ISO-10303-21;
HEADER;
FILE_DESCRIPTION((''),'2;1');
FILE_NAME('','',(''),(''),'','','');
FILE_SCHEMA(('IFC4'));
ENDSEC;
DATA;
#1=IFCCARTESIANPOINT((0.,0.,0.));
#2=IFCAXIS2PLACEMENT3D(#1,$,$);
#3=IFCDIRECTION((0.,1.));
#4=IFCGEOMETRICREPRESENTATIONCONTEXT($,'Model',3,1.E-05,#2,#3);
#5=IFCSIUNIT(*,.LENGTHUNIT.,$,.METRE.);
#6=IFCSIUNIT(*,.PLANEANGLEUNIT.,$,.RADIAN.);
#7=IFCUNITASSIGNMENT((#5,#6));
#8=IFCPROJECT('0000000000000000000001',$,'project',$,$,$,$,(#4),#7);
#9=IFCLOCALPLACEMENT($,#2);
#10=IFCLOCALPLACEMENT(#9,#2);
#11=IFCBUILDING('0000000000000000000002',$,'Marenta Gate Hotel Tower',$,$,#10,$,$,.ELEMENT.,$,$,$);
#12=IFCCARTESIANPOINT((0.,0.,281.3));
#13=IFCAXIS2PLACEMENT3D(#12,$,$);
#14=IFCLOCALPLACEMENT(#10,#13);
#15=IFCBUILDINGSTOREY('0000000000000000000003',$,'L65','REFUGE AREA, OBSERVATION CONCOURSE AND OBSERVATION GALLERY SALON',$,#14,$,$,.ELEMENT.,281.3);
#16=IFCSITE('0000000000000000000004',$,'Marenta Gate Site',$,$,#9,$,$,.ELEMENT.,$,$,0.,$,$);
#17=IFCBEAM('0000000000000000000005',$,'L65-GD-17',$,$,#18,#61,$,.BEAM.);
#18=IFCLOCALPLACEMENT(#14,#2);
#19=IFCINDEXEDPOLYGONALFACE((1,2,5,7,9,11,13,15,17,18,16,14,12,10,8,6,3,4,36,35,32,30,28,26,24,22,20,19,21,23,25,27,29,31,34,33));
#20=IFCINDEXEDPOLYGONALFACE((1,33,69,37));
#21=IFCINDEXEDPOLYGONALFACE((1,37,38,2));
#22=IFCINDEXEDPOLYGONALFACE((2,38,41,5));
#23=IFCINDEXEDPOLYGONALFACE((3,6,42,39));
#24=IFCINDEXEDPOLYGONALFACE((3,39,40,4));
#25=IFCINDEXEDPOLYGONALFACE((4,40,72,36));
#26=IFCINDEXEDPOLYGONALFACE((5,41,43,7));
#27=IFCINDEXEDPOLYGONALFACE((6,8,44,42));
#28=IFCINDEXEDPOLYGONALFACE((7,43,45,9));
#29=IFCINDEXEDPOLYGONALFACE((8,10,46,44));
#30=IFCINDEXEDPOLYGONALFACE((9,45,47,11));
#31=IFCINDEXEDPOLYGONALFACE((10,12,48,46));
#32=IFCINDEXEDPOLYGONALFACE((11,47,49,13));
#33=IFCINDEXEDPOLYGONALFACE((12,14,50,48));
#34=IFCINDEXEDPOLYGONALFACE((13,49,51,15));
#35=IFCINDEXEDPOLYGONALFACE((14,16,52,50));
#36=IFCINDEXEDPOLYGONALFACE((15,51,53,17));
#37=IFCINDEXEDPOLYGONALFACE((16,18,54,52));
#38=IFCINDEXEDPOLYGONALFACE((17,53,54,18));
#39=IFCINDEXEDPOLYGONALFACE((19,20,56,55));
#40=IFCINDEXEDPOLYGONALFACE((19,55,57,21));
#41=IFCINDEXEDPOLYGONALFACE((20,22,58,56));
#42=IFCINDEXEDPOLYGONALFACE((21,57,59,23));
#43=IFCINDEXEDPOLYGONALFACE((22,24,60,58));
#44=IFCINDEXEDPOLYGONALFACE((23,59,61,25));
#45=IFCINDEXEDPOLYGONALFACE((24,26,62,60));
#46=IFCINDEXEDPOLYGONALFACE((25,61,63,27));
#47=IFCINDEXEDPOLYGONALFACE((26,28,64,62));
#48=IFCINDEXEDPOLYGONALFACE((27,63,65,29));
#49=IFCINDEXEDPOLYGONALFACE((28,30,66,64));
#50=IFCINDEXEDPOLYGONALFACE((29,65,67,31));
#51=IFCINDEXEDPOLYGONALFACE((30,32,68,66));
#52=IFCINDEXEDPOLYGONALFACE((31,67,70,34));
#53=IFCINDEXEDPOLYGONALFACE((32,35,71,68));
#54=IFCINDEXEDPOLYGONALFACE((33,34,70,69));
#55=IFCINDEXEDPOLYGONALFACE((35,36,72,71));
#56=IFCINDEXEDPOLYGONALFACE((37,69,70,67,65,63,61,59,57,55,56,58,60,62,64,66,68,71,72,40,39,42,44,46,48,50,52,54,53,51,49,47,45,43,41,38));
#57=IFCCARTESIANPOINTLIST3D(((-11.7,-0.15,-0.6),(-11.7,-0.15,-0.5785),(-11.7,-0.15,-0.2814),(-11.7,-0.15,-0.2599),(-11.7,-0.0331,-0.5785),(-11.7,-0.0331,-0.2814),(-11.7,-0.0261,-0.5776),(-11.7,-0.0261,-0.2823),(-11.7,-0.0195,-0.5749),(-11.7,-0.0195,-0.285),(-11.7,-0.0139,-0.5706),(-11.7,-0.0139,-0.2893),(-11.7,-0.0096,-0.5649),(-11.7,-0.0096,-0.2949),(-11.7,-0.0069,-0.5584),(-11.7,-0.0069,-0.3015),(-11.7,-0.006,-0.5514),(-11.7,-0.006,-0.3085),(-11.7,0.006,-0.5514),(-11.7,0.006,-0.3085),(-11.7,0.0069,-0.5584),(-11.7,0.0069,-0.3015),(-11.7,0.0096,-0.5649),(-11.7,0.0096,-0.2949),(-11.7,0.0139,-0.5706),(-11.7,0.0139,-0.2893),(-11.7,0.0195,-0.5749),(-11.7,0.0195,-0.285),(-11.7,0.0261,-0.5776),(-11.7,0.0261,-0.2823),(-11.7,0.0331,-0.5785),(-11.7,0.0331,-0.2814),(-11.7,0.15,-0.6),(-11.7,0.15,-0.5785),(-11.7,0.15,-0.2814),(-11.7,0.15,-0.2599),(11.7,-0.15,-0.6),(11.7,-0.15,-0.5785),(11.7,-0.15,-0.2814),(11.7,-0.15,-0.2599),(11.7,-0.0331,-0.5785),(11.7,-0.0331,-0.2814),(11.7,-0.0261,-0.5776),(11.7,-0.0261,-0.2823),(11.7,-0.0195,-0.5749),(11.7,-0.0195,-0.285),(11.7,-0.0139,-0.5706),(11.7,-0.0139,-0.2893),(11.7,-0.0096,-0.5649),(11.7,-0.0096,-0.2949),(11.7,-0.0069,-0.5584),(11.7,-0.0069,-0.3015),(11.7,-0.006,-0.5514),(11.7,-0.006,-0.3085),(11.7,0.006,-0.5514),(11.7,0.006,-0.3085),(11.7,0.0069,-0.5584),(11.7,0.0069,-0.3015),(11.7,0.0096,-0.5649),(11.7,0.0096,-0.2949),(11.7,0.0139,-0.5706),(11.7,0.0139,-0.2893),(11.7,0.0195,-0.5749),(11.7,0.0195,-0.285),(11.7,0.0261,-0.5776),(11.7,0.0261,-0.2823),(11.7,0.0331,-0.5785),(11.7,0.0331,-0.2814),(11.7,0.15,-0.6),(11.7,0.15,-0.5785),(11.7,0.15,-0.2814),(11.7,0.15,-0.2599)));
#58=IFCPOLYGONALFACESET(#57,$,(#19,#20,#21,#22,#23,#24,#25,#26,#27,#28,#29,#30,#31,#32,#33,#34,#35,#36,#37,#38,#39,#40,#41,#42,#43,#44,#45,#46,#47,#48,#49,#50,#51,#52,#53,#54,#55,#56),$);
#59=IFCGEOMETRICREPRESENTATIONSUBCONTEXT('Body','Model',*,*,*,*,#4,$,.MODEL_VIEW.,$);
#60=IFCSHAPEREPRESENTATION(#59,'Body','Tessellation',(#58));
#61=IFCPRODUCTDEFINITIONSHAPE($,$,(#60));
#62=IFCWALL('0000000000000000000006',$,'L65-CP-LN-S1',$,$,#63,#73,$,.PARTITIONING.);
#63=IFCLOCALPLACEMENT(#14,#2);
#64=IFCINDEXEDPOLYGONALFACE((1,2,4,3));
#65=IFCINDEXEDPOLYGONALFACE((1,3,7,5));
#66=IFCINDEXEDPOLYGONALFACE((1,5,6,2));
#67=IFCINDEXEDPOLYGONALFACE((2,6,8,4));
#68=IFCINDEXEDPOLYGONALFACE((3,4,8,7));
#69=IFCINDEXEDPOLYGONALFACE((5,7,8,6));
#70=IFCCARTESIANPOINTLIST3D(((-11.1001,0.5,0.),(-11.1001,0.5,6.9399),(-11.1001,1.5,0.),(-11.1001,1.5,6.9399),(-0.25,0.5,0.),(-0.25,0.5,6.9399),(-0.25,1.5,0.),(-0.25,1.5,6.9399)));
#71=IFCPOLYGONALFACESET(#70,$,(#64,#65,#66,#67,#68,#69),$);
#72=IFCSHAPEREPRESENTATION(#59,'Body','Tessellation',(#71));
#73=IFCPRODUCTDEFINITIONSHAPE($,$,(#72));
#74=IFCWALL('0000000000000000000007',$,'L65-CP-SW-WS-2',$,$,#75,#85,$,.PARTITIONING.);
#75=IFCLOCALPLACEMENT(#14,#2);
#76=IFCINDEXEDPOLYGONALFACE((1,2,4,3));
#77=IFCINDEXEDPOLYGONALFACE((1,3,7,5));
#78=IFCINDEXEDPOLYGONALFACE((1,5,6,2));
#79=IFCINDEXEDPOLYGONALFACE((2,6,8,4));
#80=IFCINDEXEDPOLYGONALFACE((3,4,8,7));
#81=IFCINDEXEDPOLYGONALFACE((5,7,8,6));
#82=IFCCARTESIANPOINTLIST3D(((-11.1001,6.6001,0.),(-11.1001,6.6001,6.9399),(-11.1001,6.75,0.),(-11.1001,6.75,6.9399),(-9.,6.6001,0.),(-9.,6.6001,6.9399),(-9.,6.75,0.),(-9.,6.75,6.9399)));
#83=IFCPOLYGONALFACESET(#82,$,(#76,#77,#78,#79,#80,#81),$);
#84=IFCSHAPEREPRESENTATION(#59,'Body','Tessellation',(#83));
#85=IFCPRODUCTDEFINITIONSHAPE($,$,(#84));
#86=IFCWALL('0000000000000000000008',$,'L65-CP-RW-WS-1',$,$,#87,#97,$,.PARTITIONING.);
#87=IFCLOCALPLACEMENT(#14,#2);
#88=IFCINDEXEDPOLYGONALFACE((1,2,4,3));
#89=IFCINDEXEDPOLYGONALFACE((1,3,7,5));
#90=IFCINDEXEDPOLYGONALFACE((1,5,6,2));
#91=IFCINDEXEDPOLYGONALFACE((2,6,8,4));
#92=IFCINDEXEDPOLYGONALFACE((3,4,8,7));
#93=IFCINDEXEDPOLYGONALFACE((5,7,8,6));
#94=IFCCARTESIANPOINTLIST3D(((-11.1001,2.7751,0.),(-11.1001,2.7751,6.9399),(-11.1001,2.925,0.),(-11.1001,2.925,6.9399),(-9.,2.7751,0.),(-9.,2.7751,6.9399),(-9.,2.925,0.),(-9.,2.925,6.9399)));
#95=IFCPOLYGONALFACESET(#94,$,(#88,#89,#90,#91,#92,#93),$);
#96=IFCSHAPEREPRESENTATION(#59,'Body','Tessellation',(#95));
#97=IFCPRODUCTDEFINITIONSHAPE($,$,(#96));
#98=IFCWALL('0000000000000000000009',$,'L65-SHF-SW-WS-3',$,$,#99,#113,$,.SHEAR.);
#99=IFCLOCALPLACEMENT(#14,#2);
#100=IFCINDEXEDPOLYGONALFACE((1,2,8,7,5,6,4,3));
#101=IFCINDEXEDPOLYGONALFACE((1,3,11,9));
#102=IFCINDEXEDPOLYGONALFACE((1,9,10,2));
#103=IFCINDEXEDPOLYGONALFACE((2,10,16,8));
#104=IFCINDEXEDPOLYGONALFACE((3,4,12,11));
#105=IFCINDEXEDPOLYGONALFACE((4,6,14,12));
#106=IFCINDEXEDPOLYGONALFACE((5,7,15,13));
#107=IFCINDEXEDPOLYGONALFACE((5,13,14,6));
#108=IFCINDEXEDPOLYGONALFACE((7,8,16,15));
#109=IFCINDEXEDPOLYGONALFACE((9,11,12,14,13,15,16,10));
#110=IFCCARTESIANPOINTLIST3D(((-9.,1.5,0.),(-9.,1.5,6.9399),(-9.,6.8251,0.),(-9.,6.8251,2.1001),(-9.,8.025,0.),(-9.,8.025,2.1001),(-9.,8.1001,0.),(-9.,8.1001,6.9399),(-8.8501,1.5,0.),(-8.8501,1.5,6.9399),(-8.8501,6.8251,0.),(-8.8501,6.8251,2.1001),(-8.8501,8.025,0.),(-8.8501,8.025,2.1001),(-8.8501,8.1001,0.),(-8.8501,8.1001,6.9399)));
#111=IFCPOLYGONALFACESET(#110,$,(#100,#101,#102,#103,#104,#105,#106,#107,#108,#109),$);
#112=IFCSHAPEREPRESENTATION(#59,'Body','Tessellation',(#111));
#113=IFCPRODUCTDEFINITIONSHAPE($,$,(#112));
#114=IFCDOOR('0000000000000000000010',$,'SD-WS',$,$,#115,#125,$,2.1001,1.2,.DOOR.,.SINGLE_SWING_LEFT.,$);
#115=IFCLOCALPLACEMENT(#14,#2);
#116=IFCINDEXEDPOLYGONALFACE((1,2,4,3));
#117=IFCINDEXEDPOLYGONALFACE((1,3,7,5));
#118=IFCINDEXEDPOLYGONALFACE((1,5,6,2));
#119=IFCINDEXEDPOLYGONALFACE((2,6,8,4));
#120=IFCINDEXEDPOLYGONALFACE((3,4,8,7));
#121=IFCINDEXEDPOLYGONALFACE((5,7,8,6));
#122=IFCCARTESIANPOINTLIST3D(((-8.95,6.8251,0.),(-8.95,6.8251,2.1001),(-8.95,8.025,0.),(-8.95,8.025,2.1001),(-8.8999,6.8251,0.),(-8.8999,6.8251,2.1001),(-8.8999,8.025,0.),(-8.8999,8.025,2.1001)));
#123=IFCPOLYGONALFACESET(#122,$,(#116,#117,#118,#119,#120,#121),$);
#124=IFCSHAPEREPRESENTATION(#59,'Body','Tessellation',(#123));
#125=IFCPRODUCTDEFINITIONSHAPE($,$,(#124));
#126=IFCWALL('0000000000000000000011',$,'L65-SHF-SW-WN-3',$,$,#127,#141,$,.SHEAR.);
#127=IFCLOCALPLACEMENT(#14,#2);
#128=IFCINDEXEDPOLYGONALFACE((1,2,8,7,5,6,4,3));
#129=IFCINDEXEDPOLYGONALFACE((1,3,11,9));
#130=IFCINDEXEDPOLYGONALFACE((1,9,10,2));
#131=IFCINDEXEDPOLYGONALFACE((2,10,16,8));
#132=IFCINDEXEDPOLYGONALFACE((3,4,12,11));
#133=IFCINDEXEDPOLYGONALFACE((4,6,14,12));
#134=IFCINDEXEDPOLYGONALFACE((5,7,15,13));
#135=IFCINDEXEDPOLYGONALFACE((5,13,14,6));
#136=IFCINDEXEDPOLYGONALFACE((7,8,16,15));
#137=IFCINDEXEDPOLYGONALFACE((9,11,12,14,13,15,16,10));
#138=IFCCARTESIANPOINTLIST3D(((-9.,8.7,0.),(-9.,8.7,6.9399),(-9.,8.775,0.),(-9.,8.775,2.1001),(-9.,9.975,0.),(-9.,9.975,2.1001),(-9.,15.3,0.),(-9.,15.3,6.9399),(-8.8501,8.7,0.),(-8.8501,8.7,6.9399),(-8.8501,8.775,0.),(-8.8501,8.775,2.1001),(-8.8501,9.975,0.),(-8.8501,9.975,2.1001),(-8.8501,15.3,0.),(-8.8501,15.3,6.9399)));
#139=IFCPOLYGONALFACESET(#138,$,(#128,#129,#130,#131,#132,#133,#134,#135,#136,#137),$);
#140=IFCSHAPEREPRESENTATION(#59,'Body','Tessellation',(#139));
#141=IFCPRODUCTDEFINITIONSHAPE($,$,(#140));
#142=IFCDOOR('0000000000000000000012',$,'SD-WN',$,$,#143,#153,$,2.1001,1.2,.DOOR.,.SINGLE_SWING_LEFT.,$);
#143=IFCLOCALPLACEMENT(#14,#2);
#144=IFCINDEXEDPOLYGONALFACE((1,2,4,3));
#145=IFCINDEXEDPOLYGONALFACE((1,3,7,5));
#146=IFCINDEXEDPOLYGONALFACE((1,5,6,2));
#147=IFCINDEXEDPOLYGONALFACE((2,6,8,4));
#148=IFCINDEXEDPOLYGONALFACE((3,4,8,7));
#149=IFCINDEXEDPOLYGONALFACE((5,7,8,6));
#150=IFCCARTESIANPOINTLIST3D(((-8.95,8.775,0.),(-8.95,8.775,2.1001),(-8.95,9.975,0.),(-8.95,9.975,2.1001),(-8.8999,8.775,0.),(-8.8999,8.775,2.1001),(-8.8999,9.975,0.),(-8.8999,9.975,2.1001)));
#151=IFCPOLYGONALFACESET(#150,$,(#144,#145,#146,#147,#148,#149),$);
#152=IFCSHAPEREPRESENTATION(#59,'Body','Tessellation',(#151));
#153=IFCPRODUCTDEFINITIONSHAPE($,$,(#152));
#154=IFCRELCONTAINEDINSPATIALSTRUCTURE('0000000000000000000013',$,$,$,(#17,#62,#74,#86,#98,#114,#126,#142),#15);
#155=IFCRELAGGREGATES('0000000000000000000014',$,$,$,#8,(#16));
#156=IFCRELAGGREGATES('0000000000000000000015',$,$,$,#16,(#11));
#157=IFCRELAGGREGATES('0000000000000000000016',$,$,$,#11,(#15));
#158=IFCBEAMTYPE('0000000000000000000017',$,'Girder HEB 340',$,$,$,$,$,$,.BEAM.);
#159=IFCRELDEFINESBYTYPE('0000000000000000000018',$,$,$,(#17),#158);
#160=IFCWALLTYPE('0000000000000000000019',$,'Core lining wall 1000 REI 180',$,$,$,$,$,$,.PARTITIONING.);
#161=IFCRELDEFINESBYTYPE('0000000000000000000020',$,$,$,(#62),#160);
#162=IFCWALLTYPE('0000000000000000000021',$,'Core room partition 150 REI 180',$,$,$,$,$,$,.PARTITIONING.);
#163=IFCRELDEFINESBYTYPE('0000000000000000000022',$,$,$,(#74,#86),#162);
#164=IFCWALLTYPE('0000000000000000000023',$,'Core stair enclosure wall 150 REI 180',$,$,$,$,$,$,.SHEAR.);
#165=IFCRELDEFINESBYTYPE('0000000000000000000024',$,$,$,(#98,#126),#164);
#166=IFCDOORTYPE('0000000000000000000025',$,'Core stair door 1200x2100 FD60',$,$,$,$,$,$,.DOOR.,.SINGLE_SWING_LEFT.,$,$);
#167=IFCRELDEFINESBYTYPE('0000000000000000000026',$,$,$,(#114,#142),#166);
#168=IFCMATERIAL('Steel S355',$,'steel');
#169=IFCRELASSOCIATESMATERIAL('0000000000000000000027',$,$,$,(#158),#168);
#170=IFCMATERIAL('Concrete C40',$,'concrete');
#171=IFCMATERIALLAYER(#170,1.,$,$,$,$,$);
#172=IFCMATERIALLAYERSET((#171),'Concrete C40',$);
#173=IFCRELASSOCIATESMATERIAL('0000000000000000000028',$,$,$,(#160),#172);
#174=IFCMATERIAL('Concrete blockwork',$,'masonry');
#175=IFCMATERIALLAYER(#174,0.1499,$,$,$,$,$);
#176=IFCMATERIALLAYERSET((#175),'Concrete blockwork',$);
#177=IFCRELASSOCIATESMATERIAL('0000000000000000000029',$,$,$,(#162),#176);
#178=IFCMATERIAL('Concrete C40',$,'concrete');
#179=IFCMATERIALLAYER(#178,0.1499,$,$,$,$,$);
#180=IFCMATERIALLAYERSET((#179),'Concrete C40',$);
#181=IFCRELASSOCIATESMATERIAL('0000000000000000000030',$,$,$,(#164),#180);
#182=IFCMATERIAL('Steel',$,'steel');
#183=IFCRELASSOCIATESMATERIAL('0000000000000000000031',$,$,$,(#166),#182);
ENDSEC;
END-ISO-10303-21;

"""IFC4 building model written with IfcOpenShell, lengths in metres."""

from ifc_helpers import new_model, si_unit, direction, frame, frame_2d, origin, origin_2d, place, context, subcontext, project, spatial, rectangle, i_section, extrude, material, layer, layer_set, material_profile, profile_set, type_object, element, fill, save


model = new_model("IFC4")

# Units and contexts
model_context = context("Model", 3, precision=1e-05, world=origin(), true_north=direction((0.0, 1.0)))
body_context = subcontext(model_context, "Body", "Model", "MODEL_VIEW")
ifc_project = project(units=[si_unit("LENGTHUNIT", "METRE"), si_unit("PLANEANGLEUNIT", "RADIAN")], contexts=[model_context])

# Site, building, storey
site_placement = place(None, origin())
site = spatial("IfcSite", under=ifc_project, at=site_placement, Name="Marenta Gate Site", CompositionType="ELEMENT", RefElevation=0.0)
building_placement = place(site_placement, origin())
building = spatial("IfcBuilding", under=site, at=building_placement, Name="Marenta Gate Hotel Tower", CompositionType="ELEMENT")
storey_placement = place(building_placement, frame((0.0, 0.0, 281.3)))
storey = spatial("IfcBuildingStorey", under=building, at=storey_placement, Name="L65", Description="REFUGE AREA, OBSERVATION CONCOURSE AND OBSERVATION GALLERY SALON", CompositionType="ELEMENT", Elevation=281.3)

# Beam
ifc_material_1 = material(Name="Steel S355", Category="steel")
ifc_material_profile = material_profile(ifc_material_1, i_section(OverallWidth=0.3, OverallDepth=0.3401, WebThickness=0.012, FlangeThickness=0.0215, FilletRadius=0.0271, at=origin_2d()), Name="HEB 340")
ifc_profile_set = profile_set([ifc_material_profile], Name="Steel S355")
beam_type = type_object("IfcBeamType", Name="Girder HEB 340", PredefinedType="BEAM", material=ifc_profile_set)
beam_placement = place(storey_placement, frame((-11.7, 0.0, -0.4299), z_axis=(1.0, 0.0, 0.0), x_axis=(0.0, 1.0, 0.0)))
element("IfcBeam", 1, at=beam_placement, inside=storey, type_object=beam_type, Name="L65-GD-17", PredefinedType="BEAM", context=body_context, shape_type="SweptSolid", body=[
    extrude(i_section(OverallWidth=0.3, OverallDepth=0.3401, WebThickness=0.012, FlangeThickness=0.0215, FilletRadius=0.0271, at=origin_2d()), origin(), (0.0, 0.0, 1.0), 23.3999),
])

# Walls
ifc_material_2 = material(Name="Concrete C40", Category="concrete")
ifc_layer_1 = layer(ifc_material_2, 1.0)
ifc_layer_set_1 = layer_set([ifc_layer_1], Name="Concrete C40")
wall_type_1 = type_object("IfcWallType", Name="Core lining wall 1000 REI 180", PredefinedType="PARTITIONING", material=ifc_layer_set_1)
wall_1_placement = place(storey_placement, frame((-11.1001, 1.0, 0.0), z_axis=(0.0, 0.0, 1.0), x_axis=(1.0, 0.0, 0.0)))
element("IfcWall", 2, at=wall_1_placement, inside=storey, type_object=wall_type_1, Name="L65-CP-LN-S1", PredefinedType="PARTITIONING", context=body_context, shape_type="SweptSolid", body=[
    extrude(rectangle(XDim=10.8501, YDim=1.0, at=frame_2d((5.425, 0.0))), origin(), (0.0, 0.0, 1.0), 6.9399),
])
ifc_material_3 = material(Name="Concrete blockwork", Category="masonry")
ifc_layer_2 = layer(ifc_material_3, 0.1499)
ifc_layer_set_2 = layer_set([ifc_layer_2], Name="Concrete blockwork")
wall_type_2 = type_object("IfcWallType", Name="Core room partition 150 REI 180", PredefinedType="PARTITIONING", material=ifc_layer_set_2)
for number, where, z_axis, x_axis, name in (
    (3, (-11.1001, 6.675, 0.0), (0.0, 0.0, 1.0), (1.0, 0.0, 0.0), "L65-CP-SW-WS-2"),
    (4, (-11.1001, 2.8501, 0.0), (0.0, 0.0, 1.0), (1.0, 0.0, 0.0), "L65-CP-RW-WS-1"),
):
    element("IfcWall", number, at=place(storey_placement, frame(where, z_axis=z_axis, x_axis=x_axis)), inside=storey, type_object=wall_type_2, Name=name, PredefinedType="PARTITIONING", context=body_context, shape_type="SweptSolid", body=[
        extrude(rectangle(XDim=2.1001, YDim=0.1499, at=frame_2d((1.05, 0.0))), origin(), (0.0, 0.0, 1.0), 6.9399),
    ])

# Walls, openings, doors
ifc_material_4 = material(Name="Concrete C40", Category="concrete")
ifc_layer_3 = layer(ifc_material_4, 0.1499)
ifc_layer_set_3 = layer_set([ifc_layer_3], Name="Concrete C40")
wall_type_3 = type_object("IfcWallType", Name="Core stair enclosure wall 150 REI 180", PredefinedType="SHEAR", material=ifc_layer_set_3)
wall_2_placement = place(storey_placement, frame((-8.925, 1.5, 0.0), z_axis=(0.0, 0.0, 1.0), x_axis=(0.0, 1.0, 0.0)))
wall_2 = element("IfcWall", 5, at=wall_2_placement, inside=storey, type_object=wall_type_3, Name="L65-SHF-SW-WS-3", PredefinedType="SHEAR", context=body_context, shape_type="SweptSolid", body=[
    extrude(rectangle(XDim=6.6001, YDim=0.1499, at=frame_2d((3.3, 0.0))), origin(), (0.0, 0.0, 1.0), 6.9399),
])
opening_1_placement = place(wall_2_placement, frame((5.325, 0.0, 0.0)))
opening_1 = element("IfcOpeningElement", 6, at=opening_1_placement, cuts=wall_2, PredefinedType="OPENING", context=body_context, shape_type="SweptSolid", body=[
    extrude(rectangle(XDim=1.2, YDim=2.1001, at=frame_2d((0.6001, 1.05))), frame((0.0, 0.075, 0.0), z_axis=(0.0, -1.0, 0.0), x_axis=(1.0, 0.0, 0.0)), (0.0, 0.0, 1.0), 0.1499),
])
ifc_material_5 = material(Name="Steel", Category="steel")
door_type_1 = type_object("IfcDoorType", Name="Core stair door 1200x2100 FD60", OperationType="SINGLE_SWING_LEFT", PredefinedType="DOOR", material=ifc_material_5)
door_1_placement = place(opening_1_placement, origin())
door_1 = element("IfcDoor", 7, at=door_1_placement, inside=storey, type_object=door_type_1, Name="SD-WS", OperationType="SINGLE_SWING_LEFT", OverallHeight=2.1001, OverallWidth=1.2, PredefinedType="DOOR", context=body_context, shape_type="SweptSolid", body=[
    extrude(rectangle(XDim=1.2, YDim=2.1001, at=frame_2d((0.6001, 1.05))), frame((0.0, 0.0249, 0.0), z_axis=(0.0, -1.0, 0.0), x_axis=(1.0, 0.0, 0.0)), (0.0, 0.0, 1.0), 0.05),
])
fill(opening_1, door_1)
wall_3_placement = place(storey_placement, frame((-8.925, 8.7, 0.0), z_axis=(0.0, 0.0, 1.0), x_axis=(0.0, 1.0, 0.0)))
wall_3 = element("IfcWall", 8, at=wall_3_placement, inside=storey, type_object=wall_type_3, Name="L65-SHF-SW-WN-3", PredefinedType="SHEAR", context=body_context, shape_type="SweptSolid", body=[
    extrude(rectangle(XDim=6.6001, YDim=0.1499, at=frame_2d((3.3, 0.0))), origin(), (0.0, 0.0, 1.0), 6.9399),
])
opening_2_placement = place(wall_3_placement, frame((0.075, 0.0, 0.0)))
opening_2 = element("IfcOpeningElement", 9, at=opening_2_placement, cuts=wall_3, PredefinedType="OPENING", context=body_context, shape_type="SweptSolid", body=[
    extrude(rectangle(XDim=1.2, YDim=2.1001, at=frame_2d((0.6001, 1.05))), frame((0.0, 0.075, 0.0), z_axis=(0.0, -1.0, 0.0), x_axis=(1.0, 0.0, 0.0)), (0.0, 0.0, 1.0), 0.1499),
])
door_2_placement = place(opening_2_placement, origin())
door_2 = element("IfcDoor", 10, at=door_2_placement, inside=storey, type_object=door_type_1, Name="SD-WN", OperationType="SINGLE_SWING_LEFT", OverallHeight=2.1001, OverallWidth=1.2, PredefinedType="DOOR", context=body_context, shape_type="SweptSolid", body=[
    extrude(rectangle(XDim=1.2, YDim=2.1001, at=frame_2d((0.6001, 1.05))), frame((0.0, 0.0249, 0.0), z_axis=(0.0, -1.0, 0.0), x_axis=(1.0, 0.0, 0.0)), (0.0, 0.0, 1.0), 0.05),
])
fill(opening_2, door_2)

save(model, "model.ifc")
